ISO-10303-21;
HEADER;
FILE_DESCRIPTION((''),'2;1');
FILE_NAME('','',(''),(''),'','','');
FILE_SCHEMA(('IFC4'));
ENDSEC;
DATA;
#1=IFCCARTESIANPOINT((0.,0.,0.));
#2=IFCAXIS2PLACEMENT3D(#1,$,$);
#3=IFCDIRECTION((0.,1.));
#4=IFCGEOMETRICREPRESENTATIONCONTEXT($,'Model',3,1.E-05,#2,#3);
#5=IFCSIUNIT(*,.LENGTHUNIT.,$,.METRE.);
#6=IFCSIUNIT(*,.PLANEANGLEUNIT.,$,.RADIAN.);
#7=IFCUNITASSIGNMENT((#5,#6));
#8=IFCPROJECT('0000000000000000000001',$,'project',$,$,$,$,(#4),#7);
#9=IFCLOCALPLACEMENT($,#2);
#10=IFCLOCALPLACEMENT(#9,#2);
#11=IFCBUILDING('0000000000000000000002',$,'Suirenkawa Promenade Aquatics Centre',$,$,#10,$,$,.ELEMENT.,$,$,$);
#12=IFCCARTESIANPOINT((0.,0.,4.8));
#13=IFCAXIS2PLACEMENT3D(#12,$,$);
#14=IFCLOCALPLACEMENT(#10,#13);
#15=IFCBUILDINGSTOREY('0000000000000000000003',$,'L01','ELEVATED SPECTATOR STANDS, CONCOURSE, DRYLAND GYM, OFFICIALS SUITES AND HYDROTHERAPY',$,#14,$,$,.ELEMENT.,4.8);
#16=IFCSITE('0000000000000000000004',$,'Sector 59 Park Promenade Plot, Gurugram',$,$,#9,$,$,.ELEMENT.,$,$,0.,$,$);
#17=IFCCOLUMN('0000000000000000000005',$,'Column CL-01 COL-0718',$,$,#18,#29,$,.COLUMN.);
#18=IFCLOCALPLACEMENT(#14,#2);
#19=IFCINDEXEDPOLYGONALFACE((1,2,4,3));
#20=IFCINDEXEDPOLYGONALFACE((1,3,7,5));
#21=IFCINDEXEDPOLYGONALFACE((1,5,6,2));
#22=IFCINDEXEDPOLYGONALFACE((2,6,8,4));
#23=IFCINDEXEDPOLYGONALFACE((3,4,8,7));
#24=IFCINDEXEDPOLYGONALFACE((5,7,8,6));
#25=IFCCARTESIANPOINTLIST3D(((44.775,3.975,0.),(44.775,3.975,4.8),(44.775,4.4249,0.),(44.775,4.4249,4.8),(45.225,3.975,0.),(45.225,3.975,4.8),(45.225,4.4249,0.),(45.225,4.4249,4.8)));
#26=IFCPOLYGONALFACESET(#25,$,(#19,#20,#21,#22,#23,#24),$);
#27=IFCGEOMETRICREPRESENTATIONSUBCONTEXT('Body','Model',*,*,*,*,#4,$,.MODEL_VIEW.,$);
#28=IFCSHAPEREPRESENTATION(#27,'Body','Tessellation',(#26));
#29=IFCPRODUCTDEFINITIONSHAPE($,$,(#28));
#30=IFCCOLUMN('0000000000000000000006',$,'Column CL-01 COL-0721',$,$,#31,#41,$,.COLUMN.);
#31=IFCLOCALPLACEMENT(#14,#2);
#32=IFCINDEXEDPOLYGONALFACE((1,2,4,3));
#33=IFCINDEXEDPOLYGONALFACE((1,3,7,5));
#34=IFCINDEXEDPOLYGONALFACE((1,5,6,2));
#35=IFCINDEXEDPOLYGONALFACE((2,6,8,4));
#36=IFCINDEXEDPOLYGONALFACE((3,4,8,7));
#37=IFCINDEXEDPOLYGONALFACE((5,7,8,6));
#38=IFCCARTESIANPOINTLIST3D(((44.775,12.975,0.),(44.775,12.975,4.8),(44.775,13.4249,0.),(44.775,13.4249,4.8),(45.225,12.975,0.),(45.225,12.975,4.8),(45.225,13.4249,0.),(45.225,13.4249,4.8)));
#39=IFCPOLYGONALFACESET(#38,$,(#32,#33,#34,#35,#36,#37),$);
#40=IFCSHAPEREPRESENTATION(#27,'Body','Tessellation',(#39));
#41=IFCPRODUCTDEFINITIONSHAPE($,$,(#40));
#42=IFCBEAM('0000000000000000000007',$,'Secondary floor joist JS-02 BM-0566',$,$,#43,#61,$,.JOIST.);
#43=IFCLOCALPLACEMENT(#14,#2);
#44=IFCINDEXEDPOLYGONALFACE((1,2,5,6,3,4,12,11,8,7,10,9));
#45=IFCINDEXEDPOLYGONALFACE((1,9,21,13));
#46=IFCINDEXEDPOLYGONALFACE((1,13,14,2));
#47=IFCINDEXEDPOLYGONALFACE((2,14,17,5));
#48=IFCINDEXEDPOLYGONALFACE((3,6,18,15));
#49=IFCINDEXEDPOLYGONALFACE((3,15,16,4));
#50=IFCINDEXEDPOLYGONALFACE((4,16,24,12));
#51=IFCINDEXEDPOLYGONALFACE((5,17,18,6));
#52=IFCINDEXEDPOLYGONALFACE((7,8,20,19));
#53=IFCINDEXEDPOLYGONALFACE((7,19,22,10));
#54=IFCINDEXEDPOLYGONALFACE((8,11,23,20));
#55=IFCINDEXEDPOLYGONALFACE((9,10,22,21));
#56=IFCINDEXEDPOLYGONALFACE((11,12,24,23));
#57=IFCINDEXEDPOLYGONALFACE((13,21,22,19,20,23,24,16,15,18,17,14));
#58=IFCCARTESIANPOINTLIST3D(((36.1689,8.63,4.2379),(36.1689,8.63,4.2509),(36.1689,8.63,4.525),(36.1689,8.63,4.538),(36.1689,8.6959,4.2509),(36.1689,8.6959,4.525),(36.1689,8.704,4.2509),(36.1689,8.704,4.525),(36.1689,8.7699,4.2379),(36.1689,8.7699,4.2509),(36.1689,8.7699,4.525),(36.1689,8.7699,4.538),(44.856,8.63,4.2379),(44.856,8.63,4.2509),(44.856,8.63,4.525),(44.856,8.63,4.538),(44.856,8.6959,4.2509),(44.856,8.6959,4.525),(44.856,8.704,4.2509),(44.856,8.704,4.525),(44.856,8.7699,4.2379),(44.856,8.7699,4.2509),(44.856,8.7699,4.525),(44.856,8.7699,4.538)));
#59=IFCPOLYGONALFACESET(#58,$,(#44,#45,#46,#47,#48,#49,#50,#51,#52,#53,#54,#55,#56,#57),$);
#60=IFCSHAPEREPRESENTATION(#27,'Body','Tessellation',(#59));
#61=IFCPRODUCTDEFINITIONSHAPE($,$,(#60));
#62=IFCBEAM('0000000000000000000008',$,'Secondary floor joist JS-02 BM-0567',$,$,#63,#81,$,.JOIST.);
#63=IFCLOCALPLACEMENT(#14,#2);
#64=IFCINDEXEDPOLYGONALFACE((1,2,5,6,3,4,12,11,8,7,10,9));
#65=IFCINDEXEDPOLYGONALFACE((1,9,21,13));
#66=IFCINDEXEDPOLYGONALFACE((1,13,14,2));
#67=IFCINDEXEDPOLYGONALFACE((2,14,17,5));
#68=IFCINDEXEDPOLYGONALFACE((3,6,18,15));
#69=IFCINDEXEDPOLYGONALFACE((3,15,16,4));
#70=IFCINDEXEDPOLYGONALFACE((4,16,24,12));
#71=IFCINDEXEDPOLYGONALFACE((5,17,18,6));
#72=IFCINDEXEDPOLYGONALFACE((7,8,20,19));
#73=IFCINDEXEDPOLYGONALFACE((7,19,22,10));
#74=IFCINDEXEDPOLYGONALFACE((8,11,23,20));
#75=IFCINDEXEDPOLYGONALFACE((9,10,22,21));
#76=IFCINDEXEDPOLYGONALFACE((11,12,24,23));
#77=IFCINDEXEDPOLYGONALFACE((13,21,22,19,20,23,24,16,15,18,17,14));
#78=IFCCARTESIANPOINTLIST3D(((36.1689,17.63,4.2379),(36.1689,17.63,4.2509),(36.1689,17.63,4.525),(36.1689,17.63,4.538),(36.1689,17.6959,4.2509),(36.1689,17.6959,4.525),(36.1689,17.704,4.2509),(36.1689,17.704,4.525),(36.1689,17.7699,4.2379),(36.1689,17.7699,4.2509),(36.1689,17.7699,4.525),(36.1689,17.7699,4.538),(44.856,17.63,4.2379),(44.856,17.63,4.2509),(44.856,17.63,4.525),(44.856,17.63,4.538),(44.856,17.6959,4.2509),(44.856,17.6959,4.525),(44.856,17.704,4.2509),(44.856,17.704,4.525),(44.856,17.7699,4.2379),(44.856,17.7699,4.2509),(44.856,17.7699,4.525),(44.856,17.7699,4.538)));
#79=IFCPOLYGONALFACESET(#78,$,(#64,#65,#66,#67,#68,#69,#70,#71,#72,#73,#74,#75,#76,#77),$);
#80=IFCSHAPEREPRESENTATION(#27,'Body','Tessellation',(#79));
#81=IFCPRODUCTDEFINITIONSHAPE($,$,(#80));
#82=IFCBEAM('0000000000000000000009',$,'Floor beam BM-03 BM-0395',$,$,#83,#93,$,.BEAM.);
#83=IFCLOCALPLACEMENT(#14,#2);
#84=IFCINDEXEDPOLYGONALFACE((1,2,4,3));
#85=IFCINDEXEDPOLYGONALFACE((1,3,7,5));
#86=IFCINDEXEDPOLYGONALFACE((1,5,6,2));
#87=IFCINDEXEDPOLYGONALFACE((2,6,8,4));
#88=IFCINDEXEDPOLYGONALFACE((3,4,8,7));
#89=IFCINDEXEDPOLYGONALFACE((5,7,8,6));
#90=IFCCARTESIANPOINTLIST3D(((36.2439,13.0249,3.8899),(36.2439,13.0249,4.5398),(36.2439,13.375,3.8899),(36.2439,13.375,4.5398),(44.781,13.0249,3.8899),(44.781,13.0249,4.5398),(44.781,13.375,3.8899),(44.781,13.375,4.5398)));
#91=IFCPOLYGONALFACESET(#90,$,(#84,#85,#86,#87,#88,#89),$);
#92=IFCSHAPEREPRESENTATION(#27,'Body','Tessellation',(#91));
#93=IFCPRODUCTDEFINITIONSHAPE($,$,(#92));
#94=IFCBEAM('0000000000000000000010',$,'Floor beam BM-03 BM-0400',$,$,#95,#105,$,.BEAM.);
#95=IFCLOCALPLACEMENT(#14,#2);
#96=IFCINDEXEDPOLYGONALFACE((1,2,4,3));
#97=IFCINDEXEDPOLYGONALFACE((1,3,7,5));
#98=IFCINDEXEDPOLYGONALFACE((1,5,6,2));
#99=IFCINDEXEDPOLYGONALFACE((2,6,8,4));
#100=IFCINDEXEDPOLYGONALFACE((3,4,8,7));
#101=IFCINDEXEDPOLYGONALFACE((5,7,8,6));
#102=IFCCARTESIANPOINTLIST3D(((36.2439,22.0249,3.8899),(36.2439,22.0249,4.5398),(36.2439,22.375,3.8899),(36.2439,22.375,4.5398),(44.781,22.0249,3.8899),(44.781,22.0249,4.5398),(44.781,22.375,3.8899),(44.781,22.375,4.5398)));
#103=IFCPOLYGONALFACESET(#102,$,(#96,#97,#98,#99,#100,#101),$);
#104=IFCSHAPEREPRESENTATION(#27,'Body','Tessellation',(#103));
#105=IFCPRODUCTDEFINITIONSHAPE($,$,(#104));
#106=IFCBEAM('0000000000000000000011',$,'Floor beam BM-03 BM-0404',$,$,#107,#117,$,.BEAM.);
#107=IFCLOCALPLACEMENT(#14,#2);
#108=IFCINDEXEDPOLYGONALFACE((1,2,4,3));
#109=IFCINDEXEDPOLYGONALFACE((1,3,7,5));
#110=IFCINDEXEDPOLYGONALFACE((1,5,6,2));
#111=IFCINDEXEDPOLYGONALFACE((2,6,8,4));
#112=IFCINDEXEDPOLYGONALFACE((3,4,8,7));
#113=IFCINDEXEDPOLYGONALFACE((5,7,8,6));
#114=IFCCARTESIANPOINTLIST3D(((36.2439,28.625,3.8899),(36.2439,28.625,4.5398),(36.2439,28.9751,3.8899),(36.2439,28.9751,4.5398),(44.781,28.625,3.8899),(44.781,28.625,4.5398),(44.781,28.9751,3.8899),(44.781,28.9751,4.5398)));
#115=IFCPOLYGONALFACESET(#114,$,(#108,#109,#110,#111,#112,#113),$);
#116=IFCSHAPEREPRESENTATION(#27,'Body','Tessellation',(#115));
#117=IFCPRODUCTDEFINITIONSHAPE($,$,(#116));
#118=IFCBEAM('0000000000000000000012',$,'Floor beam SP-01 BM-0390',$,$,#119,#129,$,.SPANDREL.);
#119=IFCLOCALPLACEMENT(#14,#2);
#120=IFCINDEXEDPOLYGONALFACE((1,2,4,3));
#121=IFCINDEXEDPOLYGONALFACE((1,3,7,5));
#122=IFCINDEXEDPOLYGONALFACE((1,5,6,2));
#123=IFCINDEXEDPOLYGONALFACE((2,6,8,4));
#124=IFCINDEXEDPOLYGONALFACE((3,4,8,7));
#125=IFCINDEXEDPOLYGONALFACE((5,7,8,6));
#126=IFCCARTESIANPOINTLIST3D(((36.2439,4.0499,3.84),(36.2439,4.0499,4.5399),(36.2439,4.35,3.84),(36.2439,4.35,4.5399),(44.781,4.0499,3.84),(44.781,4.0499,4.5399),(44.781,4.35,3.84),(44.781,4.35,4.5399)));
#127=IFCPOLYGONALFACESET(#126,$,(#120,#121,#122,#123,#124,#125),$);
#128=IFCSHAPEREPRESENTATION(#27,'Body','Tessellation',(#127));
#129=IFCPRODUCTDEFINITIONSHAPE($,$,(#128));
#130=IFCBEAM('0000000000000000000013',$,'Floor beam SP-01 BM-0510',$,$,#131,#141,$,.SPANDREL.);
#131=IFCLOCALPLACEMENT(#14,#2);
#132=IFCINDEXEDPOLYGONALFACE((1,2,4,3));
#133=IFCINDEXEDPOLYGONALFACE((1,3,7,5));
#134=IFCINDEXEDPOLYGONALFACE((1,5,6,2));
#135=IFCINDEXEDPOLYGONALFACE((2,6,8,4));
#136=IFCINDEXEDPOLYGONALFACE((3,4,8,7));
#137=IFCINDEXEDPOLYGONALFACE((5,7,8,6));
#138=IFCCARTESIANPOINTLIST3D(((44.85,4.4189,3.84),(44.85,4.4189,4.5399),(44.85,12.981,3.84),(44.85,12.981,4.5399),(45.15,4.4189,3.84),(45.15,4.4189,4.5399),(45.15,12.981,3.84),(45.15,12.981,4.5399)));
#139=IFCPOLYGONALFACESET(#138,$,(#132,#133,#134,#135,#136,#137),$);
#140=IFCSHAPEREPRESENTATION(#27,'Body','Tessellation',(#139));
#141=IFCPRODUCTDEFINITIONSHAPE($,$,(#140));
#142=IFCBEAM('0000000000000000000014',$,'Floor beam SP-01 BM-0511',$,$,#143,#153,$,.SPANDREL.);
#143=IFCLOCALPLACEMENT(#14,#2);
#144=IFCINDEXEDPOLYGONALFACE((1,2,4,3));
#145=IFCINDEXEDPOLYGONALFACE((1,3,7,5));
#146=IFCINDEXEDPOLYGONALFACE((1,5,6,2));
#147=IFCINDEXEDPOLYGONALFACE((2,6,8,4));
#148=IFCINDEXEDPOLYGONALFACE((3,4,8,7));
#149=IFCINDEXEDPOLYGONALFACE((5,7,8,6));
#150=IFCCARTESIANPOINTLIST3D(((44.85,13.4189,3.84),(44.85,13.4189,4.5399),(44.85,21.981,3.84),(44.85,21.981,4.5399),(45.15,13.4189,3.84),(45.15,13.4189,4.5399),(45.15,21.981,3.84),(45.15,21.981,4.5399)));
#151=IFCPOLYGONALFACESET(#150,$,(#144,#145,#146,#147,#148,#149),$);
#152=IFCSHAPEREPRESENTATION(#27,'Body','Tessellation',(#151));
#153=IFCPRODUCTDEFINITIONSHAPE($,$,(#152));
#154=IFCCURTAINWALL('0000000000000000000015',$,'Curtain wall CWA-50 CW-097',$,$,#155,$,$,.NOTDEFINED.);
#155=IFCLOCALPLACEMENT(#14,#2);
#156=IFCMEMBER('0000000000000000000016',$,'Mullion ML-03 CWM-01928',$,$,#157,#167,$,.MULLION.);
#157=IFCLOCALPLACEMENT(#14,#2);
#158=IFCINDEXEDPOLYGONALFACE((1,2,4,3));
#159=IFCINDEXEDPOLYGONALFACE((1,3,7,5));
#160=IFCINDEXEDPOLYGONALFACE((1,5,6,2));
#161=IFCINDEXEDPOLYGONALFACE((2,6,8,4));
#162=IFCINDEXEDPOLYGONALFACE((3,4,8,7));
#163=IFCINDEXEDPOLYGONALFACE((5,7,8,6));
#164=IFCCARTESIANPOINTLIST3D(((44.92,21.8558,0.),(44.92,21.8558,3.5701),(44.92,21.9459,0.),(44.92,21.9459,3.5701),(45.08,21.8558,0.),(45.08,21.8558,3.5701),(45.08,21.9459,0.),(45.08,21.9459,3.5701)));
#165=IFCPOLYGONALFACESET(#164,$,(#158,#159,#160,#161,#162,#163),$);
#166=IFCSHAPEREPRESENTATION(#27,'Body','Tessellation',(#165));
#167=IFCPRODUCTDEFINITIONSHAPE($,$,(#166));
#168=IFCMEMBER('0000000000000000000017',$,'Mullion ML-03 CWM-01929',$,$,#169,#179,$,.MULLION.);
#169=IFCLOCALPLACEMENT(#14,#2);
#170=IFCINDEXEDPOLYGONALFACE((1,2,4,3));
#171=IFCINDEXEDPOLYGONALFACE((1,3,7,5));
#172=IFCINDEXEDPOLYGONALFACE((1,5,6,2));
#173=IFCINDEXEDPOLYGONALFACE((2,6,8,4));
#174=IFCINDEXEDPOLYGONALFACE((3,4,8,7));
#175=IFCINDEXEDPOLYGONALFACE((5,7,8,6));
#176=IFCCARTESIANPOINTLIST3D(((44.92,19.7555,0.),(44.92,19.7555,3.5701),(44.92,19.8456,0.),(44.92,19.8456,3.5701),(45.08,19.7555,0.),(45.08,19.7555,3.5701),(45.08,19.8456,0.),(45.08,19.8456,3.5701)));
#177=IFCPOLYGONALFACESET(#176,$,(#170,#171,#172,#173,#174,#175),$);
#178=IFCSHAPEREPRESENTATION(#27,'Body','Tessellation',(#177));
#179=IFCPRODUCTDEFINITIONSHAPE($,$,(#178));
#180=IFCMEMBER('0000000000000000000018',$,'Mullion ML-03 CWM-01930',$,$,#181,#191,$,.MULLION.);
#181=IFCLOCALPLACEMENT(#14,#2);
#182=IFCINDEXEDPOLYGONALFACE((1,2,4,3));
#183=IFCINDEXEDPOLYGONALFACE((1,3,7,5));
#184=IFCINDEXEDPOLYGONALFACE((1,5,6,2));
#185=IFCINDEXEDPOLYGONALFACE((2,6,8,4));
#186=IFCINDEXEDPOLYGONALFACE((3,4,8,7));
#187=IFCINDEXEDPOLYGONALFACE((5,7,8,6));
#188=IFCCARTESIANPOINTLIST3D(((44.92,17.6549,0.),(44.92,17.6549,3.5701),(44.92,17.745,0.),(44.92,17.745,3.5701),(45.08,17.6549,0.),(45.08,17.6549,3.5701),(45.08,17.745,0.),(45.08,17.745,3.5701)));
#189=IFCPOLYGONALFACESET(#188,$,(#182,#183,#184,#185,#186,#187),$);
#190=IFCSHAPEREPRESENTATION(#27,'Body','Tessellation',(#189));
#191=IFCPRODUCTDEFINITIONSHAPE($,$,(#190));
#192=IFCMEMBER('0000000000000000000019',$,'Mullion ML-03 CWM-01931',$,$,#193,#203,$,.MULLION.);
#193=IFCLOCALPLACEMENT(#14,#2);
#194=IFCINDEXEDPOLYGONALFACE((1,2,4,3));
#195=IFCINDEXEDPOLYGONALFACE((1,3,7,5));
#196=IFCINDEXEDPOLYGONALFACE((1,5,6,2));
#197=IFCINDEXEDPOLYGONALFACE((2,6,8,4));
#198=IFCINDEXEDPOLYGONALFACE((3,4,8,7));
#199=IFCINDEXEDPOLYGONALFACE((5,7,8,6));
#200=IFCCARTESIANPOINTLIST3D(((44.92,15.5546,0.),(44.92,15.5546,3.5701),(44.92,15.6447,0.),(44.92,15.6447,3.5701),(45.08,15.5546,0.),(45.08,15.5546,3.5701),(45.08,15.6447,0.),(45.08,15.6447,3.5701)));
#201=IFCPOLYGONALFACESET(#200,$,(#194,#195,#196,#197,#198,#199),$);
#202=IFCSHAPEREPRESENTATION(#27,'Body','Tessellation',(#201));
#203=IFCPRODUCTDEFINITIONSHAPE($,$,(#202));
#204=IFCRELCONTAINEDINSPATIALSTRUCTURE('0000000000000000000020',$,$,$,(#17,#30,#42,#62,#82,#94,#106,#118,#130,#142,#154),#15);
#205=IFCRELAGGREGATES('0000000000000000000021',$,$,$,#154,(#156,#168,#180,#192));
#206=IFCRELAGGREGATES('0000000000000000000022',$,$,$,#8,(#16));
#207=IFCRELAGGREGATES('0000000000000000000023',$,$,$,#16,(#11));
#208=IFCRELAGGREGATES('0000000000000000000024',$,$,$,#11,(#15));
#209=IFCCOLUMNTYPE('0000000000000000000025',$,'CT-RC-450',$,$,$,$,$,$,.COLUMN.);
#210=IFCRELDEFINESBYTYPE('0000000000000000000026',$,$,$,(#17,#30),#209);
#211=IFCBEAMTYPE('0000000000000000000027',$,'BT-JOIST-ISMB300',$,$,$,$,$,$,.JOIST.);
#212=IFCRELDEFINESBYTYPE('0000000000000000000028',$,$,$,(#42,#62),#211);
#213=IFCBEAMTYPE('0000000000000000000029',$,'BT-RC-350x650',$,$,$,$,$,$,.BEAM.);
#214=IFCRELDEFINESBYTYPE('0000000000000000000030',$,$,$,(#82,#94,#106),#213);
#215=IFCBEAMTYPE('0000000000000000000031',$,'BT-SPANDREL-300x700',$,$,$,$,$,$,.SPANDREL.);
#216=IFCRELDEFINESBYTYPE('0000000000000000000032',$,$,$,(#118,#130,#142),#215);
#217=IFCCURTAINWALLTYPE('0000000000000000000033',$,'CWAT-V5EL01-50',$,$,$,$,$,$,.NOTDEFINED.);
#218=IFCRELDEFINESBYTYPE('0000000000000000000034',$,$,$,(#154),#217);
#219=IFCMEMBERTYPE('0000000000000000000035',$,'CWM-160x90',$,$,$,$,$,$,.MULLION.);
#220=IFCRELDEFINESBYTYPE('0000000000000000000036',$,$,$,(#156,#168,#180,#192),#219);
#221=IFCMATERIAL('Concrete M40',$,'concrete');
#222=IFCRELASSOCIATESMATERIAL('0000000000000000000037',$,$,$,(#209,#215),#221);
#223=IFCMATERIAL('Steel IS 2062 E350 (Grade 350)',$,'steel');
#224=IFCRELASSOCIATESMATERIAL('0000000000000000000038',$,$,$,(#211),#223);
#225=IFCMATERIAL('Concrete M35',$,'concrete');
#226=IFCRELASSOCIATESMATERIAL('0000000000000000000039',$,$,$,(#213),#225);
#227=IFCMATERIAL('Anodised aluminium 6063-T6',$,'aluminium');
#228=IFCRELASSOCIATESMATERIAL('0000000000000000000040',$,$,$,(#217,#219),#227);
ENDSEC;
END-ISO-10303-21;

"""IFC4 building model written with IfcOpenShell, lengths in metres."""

from ifc_helpers import new_model, si_unit, direction, frame, origin, origin_2d, place, context, subcontext, project, spatial, rectangle, i_section, extrude, material, material_profile, profile_set, type_object, element, aggregate, save


model = new_model("IFC4")

# Units and contexts
model_context = context("Model", 3, precision=1e-05, world=origin(), true_north=direction((0.0, 1.0)))
body_context = subcontext(model_context, "Body", "Model", "MODEL_VIEW")
ifc_project = project(units=[si_unit("LENGTHUNIT", "METRE"), si_unit("PLANEANGLEUNIT", "RADIAN")], contexts=[model_context])

# Site, building, storey
site_placement = place(None, origin())
site = spatial("IfcSite", under=ifc_project, at=site_placement, Name="Sector 59 Park Promenade Plot, Gurugram", CompositionType="ELEMENT", RefElevation=0.0)
building_placement = place(site_placement, origin())
building = spatial("IfcBuilding", under=site, at=building_placement, Name="Suirenkawa Promenade Aquatics Centre", CompositionType="ELEMENT")
storey_placement = place(building_placement, frame((0.0, 0.0, 4.8)))
storey = spatial("IfcBuildingStorey", under=building, at=storey_placement, Name="L01", Description="ELEVATED SPECTATOR STANDS, CONCOURSE, DRYLAND GYM, OFFICIALS SUITES AND HYDROTHERAPY", CompositionType="ELEMENT", Elevation=4.8)

# Columns
ifc_material_1 = material(Name="Concrete M40", Category="concrete")
ifc_material_profile_1 = material_profile(ifc_material_1, rectangle(XDim=0.45, YDim=0.45, at=origin_2d()), Name="RC COL 450x450", Category="concrete")
ifc_profile_set_1 = profile_set([ifc_material_profile_1], Name="Concrete M40")
column_type = type_object("IfcColumnType", Name="CT-RC-450", PredefinedType="COLUMN", material=ifc_profile_set_1)
for number, where, z_axis, x_axis, name in (
    (1, (45.0, 4.2, 0.0), (0.0, 0.0, 1.0), (1.0, 0.0, 0.0), "Column CL-01 COL-0718"),
    (2, (45.0, 13.2, 0.0), (0.0, 0.0, 1.0), (1.0, 0.0, 0.0), "Column CL-01 COL-0721"),
):
    element("IfcColumn", number, at=place(storey_placement, frame(where, z_axis=z_axis, x_axis=x_axis)), inside=storey, type_object=column_type, Name=name, PredefinedType="COLUMN", context=body_context, shape_type="SweptSolid", body=[
        extrude(rectangle(XDim=0.45, YDim=0.45, at=origin_2d()), origin(), (0.0, 0.0, 1.0), 4.8),
    ])

# Beams
ifc_material_2 = material(Name="Steel IS 2062 E350 (Grade 350)", Category="steel")
ifc_material_profile_2 = material_profile(ifc_material_2, i_section(OverallWidth=0.1399, OverallDepth=0.3, WebThickness=0.0081, FlangeThickness=0.0129, at=origin_2d()), Name="ISMB 300", Category="steel")
ifc_profile_set_2 = profile_set([ifc_material_profile_2], Name="Steel IS 2062 E350 (Grade 350)")
beam_type_1 = type_object("IfcBeamType", Name="BT-JOIST-ISMB300", PredefinedType="JOIST", material=ifc_profile_set_2)
for number, where, z_axis, x_axis, name in (
    (3, (36.1689, 8.7, 4.3879), (1.0, 0.0, 0.0), (0.0, 1.0, 0.0), "Secondary floor joist JS-02 BM-0566"),
    (4, (36.1689, 17.7, 4.3879), (1.0, 0.0, 0.0), (0.0, 1.0, 0.0), "Secondary floor joist JS-02 BM-0567"),
):
    element("IfcBeam", number, at=place(storey_placement, frame(where, z_axis=z_axis, x_axis=x_axis)), inside=storey, type_object=beam_type_1, Name=name, PredefinedType="JOIST", context=body_context, shape_type="SweptSolid", body=[
        extrude(i_section(OverallWidth=0.1399, OverallDepth=0.3, WebThickness=0.0081, FlangeThickness=0.0129, at=origin_2d()), origin(), (0.0, 0.0, 1.0), 8.687),
    ])
ifc_material_3 = material(Name="Concrete M35", Category="concrete")
ifc_material_profile_3 = material_profile(ifc_material_3, rectangle(XDim=0.3501, YDim=0.6499, at=origin_2d()), Name="RC BM 350x650", Category="concrete")
ifc_profile_set_3 = profile_set([ifc_material_profile_3], Name="Concrete M35")
beam_type_2 = type_object("IfcBeamType", Name="BT-RC-350x650", PredefinedType="BEAM", material=ifc_profile_set_3)
for number, where, z_axis, x_axis, name in (
    (5, (36.2439, 13.2, 4.2148), (1.0, 0.0, 0.0), (0.0, 1.0, 0.0), "Floor beam BM-03 BM-0395"),
    (6, (36.2439, 22.2, 4.2148), (1.0, 0.0, 0.0), (0.0, 1.0, 0.0), "Floor beam BM-03 BM-0400"),
    (7, (36.2439, 28.8, 4.2148), (1.0, 0.0, 0.0), (0.0, 1.0, 0.0), "Floor beam BM-03 BM-0404"),
):
    element("IfcBeam", number, at=place(storey_placement, frame(where, z_axis=z_axis, x_axis=x_axis)), inside=storey, type_object=beam_type_2, Name=name, PredefinedType="BEAM", context=body_context, shape_type="SweptSolid", body=[
        extrude(rectangle(XDim=0.3501, YDim=0.6499, at=origin_2d()), origin(), (0.0, 0.0, 1.0), 8.5371),
    ])
ifc_material_profile_4 = material_profile(ifc_material_1, rectangle(XDim=0.3, YDim=0.7, at=origin_2d()), Name="RC SPANDREL 300x700", Category="concrete")
ifc_profile_set_4 = profile_set([ifc_material_profile_4], Name="Concrete M40")
beam_type_3 = type_object("IfcBeamType", Name="BT-SPANDREL-300x700", PredefinedType="SPANDREL", material=ifc_profile_set_4)
beam_placement = place(storey_placement, frame((36.2439, 4.2, 4.1899), z_axis=(1.0, 0.0, 0.0), x_axis=(0.0, 1.0, 0.0)))
element("IfcBeam", 8, at=beam_placement, inside=storey, type_object=beam_type_3, Name="Floor beam SP-01 BM-0390", PredefinedType="SPANDREL", context=body_context, shape_type="SweptSolid", body=[
    extrude(rectangle(XDim=0.3, YDim=0.7, at=origin_2d()), origin(), (0.0, 0.0, 1.0), 8.5371),
])
for number, where, z_axis, x_axis, name in (
    (9, (45.0, 4.4189, 4.1899), (0.0, 1.0, 0.0), (-1.0, 0.0, 0.0), "Floor beam SP-01 BM-0510"),
    (10, (45.0, 13.4189, 4.1899), (0.0, 1.0, 0.0), (-1.0, 0.0, 0.0), "Floor beam SP-01 BM-0511"),
):
    element("IfcBeam", number, at=place(storey_placement, frame(where, z_axis=z_axis, x_axis=x_axis)), inside=storey, type_object=beam_type_3, Name=name, PredefinedType="SPANDREL", context=body_context, shape_type="SweptSolid", body=[
        extrude(rectangle(XDim=0.3, YDim=0.7, at=origin_2d()), origin(), (0.0, 0.0, 1.0), 8.562),
    ])

# Curtain wall, members
ifc_material_4 = material(Name="Anodised aluminium 6063-T6", Category="aluminium")
curtain_wall_type = type_object("IfcCurtainWallType", Name="CWAT-V5EL01-50", PredefinedType="NOTDEFINED", material=ifc_material_4)
curtain_wall_placement = place(storey_placement, origin())
curtain_wall = element("IfcCurtainWall", 11, at=curtain_wall_placement, inside=storey, type_object=curtain_wall_type, Name="Curtain wall CWA-50 CW-097", PredefinedType="NOTDEFINED")
ifc_material_profile_5 = material_profile(ifc_material_4, rectangle(XDim=0.0901, YDim=0.1599, at=origin_2d()), Name="ALU MULL 90x160", Category="aluminium")
ifc_profile_set_5 = profile_set([ifc_material_profile_5], Name="Anodised aluminium 6063-T6")
member_type_1 = type_object("IfcMemberType", Name="CWM-160x90", PredefinedType="MULLION", material=ifc_profile_set_5)
member_1_placement = place(storey_placement, frame((45.0, 21.9009, 0.0), z_axis=(0.0, 0.0, 1.0), x_axis=(0.0, -1.0, 0.0)))
member_1 = element("IfcMember", 12, at=member_1_placement, type_object=member_type_1, Name="Mullion ML-03 CWM-01928", PredefinedType="MULLION", context=body_context, shape_type="SweptSolid", body=[
    extrude(rectangle(XDim=0.0901, YDim=0.1599, at=origin_2d()), origin(), (0.0, 0.0, 1.0), 3.5701),
])
member_2_placement = place(storey_placement, frame((45.0, 19.8005, 0.0), z_axis=(0.0, 0.0, 1.0), x_axis=(0.0, -1.0, 0.0)))
member_2 = element("IfcMember", 13, at=member_2_placement, type_object=member_type_1, Name="Mullion ML-03 CWM-01929", PredefinedType="MULLION", context=body_context, shape_type="SweptSolid", body=[
    extrude(rectangle(XDim=0.0901, YDim=0.1599, at=origin_2d()), origin(), (0.0, 0.0, 1.0), 3.5701),
])
member_3_placement = place(storey_placement, frame((45.0, 17.7, 0.0), z_axis=(0.0, 0.0, 1.0), x_axis=(0.0, -1.0, 0.0)))
member_3 = element("IfcMember", 14, at=member_3_placement, type_object=member_type_1, Name="Mullion ML-03 CWM-01930", PredefinedType="MULLION", context=body_context, shape_type="SweptSolid", body=[
    extrude(rectangle(XDim=0.0901, YDim=0.1599, at=origin_2d()), origin(), (0.0, 0.0, 1.0), 3.5701),
])
member_4_placement = place(storey_placement, frame((45.0, 15.5996, 0.0), z_axis=(0.0, 0.0, 1.0), x_axis=(0.0, -1.0, 0.0)))
member_4 = element("IfcMember", 15, at=member_4_placement, type_object=member_type_1, Name="Mullion ML-03 CWM-01931", PredefinedType="MULLION", context=body_context, shape_type="SweptSolid", body=[
    extrude(rectangle(XDim=0.0901, YDim=0.1599, at=origin_2d()), origin(), (0.0, 0.0, 1.0), 3.5701),
])
aggregate(curtain_wall, [member_1, member_2, member_3, member_4])

save(model, "model.ifc")
